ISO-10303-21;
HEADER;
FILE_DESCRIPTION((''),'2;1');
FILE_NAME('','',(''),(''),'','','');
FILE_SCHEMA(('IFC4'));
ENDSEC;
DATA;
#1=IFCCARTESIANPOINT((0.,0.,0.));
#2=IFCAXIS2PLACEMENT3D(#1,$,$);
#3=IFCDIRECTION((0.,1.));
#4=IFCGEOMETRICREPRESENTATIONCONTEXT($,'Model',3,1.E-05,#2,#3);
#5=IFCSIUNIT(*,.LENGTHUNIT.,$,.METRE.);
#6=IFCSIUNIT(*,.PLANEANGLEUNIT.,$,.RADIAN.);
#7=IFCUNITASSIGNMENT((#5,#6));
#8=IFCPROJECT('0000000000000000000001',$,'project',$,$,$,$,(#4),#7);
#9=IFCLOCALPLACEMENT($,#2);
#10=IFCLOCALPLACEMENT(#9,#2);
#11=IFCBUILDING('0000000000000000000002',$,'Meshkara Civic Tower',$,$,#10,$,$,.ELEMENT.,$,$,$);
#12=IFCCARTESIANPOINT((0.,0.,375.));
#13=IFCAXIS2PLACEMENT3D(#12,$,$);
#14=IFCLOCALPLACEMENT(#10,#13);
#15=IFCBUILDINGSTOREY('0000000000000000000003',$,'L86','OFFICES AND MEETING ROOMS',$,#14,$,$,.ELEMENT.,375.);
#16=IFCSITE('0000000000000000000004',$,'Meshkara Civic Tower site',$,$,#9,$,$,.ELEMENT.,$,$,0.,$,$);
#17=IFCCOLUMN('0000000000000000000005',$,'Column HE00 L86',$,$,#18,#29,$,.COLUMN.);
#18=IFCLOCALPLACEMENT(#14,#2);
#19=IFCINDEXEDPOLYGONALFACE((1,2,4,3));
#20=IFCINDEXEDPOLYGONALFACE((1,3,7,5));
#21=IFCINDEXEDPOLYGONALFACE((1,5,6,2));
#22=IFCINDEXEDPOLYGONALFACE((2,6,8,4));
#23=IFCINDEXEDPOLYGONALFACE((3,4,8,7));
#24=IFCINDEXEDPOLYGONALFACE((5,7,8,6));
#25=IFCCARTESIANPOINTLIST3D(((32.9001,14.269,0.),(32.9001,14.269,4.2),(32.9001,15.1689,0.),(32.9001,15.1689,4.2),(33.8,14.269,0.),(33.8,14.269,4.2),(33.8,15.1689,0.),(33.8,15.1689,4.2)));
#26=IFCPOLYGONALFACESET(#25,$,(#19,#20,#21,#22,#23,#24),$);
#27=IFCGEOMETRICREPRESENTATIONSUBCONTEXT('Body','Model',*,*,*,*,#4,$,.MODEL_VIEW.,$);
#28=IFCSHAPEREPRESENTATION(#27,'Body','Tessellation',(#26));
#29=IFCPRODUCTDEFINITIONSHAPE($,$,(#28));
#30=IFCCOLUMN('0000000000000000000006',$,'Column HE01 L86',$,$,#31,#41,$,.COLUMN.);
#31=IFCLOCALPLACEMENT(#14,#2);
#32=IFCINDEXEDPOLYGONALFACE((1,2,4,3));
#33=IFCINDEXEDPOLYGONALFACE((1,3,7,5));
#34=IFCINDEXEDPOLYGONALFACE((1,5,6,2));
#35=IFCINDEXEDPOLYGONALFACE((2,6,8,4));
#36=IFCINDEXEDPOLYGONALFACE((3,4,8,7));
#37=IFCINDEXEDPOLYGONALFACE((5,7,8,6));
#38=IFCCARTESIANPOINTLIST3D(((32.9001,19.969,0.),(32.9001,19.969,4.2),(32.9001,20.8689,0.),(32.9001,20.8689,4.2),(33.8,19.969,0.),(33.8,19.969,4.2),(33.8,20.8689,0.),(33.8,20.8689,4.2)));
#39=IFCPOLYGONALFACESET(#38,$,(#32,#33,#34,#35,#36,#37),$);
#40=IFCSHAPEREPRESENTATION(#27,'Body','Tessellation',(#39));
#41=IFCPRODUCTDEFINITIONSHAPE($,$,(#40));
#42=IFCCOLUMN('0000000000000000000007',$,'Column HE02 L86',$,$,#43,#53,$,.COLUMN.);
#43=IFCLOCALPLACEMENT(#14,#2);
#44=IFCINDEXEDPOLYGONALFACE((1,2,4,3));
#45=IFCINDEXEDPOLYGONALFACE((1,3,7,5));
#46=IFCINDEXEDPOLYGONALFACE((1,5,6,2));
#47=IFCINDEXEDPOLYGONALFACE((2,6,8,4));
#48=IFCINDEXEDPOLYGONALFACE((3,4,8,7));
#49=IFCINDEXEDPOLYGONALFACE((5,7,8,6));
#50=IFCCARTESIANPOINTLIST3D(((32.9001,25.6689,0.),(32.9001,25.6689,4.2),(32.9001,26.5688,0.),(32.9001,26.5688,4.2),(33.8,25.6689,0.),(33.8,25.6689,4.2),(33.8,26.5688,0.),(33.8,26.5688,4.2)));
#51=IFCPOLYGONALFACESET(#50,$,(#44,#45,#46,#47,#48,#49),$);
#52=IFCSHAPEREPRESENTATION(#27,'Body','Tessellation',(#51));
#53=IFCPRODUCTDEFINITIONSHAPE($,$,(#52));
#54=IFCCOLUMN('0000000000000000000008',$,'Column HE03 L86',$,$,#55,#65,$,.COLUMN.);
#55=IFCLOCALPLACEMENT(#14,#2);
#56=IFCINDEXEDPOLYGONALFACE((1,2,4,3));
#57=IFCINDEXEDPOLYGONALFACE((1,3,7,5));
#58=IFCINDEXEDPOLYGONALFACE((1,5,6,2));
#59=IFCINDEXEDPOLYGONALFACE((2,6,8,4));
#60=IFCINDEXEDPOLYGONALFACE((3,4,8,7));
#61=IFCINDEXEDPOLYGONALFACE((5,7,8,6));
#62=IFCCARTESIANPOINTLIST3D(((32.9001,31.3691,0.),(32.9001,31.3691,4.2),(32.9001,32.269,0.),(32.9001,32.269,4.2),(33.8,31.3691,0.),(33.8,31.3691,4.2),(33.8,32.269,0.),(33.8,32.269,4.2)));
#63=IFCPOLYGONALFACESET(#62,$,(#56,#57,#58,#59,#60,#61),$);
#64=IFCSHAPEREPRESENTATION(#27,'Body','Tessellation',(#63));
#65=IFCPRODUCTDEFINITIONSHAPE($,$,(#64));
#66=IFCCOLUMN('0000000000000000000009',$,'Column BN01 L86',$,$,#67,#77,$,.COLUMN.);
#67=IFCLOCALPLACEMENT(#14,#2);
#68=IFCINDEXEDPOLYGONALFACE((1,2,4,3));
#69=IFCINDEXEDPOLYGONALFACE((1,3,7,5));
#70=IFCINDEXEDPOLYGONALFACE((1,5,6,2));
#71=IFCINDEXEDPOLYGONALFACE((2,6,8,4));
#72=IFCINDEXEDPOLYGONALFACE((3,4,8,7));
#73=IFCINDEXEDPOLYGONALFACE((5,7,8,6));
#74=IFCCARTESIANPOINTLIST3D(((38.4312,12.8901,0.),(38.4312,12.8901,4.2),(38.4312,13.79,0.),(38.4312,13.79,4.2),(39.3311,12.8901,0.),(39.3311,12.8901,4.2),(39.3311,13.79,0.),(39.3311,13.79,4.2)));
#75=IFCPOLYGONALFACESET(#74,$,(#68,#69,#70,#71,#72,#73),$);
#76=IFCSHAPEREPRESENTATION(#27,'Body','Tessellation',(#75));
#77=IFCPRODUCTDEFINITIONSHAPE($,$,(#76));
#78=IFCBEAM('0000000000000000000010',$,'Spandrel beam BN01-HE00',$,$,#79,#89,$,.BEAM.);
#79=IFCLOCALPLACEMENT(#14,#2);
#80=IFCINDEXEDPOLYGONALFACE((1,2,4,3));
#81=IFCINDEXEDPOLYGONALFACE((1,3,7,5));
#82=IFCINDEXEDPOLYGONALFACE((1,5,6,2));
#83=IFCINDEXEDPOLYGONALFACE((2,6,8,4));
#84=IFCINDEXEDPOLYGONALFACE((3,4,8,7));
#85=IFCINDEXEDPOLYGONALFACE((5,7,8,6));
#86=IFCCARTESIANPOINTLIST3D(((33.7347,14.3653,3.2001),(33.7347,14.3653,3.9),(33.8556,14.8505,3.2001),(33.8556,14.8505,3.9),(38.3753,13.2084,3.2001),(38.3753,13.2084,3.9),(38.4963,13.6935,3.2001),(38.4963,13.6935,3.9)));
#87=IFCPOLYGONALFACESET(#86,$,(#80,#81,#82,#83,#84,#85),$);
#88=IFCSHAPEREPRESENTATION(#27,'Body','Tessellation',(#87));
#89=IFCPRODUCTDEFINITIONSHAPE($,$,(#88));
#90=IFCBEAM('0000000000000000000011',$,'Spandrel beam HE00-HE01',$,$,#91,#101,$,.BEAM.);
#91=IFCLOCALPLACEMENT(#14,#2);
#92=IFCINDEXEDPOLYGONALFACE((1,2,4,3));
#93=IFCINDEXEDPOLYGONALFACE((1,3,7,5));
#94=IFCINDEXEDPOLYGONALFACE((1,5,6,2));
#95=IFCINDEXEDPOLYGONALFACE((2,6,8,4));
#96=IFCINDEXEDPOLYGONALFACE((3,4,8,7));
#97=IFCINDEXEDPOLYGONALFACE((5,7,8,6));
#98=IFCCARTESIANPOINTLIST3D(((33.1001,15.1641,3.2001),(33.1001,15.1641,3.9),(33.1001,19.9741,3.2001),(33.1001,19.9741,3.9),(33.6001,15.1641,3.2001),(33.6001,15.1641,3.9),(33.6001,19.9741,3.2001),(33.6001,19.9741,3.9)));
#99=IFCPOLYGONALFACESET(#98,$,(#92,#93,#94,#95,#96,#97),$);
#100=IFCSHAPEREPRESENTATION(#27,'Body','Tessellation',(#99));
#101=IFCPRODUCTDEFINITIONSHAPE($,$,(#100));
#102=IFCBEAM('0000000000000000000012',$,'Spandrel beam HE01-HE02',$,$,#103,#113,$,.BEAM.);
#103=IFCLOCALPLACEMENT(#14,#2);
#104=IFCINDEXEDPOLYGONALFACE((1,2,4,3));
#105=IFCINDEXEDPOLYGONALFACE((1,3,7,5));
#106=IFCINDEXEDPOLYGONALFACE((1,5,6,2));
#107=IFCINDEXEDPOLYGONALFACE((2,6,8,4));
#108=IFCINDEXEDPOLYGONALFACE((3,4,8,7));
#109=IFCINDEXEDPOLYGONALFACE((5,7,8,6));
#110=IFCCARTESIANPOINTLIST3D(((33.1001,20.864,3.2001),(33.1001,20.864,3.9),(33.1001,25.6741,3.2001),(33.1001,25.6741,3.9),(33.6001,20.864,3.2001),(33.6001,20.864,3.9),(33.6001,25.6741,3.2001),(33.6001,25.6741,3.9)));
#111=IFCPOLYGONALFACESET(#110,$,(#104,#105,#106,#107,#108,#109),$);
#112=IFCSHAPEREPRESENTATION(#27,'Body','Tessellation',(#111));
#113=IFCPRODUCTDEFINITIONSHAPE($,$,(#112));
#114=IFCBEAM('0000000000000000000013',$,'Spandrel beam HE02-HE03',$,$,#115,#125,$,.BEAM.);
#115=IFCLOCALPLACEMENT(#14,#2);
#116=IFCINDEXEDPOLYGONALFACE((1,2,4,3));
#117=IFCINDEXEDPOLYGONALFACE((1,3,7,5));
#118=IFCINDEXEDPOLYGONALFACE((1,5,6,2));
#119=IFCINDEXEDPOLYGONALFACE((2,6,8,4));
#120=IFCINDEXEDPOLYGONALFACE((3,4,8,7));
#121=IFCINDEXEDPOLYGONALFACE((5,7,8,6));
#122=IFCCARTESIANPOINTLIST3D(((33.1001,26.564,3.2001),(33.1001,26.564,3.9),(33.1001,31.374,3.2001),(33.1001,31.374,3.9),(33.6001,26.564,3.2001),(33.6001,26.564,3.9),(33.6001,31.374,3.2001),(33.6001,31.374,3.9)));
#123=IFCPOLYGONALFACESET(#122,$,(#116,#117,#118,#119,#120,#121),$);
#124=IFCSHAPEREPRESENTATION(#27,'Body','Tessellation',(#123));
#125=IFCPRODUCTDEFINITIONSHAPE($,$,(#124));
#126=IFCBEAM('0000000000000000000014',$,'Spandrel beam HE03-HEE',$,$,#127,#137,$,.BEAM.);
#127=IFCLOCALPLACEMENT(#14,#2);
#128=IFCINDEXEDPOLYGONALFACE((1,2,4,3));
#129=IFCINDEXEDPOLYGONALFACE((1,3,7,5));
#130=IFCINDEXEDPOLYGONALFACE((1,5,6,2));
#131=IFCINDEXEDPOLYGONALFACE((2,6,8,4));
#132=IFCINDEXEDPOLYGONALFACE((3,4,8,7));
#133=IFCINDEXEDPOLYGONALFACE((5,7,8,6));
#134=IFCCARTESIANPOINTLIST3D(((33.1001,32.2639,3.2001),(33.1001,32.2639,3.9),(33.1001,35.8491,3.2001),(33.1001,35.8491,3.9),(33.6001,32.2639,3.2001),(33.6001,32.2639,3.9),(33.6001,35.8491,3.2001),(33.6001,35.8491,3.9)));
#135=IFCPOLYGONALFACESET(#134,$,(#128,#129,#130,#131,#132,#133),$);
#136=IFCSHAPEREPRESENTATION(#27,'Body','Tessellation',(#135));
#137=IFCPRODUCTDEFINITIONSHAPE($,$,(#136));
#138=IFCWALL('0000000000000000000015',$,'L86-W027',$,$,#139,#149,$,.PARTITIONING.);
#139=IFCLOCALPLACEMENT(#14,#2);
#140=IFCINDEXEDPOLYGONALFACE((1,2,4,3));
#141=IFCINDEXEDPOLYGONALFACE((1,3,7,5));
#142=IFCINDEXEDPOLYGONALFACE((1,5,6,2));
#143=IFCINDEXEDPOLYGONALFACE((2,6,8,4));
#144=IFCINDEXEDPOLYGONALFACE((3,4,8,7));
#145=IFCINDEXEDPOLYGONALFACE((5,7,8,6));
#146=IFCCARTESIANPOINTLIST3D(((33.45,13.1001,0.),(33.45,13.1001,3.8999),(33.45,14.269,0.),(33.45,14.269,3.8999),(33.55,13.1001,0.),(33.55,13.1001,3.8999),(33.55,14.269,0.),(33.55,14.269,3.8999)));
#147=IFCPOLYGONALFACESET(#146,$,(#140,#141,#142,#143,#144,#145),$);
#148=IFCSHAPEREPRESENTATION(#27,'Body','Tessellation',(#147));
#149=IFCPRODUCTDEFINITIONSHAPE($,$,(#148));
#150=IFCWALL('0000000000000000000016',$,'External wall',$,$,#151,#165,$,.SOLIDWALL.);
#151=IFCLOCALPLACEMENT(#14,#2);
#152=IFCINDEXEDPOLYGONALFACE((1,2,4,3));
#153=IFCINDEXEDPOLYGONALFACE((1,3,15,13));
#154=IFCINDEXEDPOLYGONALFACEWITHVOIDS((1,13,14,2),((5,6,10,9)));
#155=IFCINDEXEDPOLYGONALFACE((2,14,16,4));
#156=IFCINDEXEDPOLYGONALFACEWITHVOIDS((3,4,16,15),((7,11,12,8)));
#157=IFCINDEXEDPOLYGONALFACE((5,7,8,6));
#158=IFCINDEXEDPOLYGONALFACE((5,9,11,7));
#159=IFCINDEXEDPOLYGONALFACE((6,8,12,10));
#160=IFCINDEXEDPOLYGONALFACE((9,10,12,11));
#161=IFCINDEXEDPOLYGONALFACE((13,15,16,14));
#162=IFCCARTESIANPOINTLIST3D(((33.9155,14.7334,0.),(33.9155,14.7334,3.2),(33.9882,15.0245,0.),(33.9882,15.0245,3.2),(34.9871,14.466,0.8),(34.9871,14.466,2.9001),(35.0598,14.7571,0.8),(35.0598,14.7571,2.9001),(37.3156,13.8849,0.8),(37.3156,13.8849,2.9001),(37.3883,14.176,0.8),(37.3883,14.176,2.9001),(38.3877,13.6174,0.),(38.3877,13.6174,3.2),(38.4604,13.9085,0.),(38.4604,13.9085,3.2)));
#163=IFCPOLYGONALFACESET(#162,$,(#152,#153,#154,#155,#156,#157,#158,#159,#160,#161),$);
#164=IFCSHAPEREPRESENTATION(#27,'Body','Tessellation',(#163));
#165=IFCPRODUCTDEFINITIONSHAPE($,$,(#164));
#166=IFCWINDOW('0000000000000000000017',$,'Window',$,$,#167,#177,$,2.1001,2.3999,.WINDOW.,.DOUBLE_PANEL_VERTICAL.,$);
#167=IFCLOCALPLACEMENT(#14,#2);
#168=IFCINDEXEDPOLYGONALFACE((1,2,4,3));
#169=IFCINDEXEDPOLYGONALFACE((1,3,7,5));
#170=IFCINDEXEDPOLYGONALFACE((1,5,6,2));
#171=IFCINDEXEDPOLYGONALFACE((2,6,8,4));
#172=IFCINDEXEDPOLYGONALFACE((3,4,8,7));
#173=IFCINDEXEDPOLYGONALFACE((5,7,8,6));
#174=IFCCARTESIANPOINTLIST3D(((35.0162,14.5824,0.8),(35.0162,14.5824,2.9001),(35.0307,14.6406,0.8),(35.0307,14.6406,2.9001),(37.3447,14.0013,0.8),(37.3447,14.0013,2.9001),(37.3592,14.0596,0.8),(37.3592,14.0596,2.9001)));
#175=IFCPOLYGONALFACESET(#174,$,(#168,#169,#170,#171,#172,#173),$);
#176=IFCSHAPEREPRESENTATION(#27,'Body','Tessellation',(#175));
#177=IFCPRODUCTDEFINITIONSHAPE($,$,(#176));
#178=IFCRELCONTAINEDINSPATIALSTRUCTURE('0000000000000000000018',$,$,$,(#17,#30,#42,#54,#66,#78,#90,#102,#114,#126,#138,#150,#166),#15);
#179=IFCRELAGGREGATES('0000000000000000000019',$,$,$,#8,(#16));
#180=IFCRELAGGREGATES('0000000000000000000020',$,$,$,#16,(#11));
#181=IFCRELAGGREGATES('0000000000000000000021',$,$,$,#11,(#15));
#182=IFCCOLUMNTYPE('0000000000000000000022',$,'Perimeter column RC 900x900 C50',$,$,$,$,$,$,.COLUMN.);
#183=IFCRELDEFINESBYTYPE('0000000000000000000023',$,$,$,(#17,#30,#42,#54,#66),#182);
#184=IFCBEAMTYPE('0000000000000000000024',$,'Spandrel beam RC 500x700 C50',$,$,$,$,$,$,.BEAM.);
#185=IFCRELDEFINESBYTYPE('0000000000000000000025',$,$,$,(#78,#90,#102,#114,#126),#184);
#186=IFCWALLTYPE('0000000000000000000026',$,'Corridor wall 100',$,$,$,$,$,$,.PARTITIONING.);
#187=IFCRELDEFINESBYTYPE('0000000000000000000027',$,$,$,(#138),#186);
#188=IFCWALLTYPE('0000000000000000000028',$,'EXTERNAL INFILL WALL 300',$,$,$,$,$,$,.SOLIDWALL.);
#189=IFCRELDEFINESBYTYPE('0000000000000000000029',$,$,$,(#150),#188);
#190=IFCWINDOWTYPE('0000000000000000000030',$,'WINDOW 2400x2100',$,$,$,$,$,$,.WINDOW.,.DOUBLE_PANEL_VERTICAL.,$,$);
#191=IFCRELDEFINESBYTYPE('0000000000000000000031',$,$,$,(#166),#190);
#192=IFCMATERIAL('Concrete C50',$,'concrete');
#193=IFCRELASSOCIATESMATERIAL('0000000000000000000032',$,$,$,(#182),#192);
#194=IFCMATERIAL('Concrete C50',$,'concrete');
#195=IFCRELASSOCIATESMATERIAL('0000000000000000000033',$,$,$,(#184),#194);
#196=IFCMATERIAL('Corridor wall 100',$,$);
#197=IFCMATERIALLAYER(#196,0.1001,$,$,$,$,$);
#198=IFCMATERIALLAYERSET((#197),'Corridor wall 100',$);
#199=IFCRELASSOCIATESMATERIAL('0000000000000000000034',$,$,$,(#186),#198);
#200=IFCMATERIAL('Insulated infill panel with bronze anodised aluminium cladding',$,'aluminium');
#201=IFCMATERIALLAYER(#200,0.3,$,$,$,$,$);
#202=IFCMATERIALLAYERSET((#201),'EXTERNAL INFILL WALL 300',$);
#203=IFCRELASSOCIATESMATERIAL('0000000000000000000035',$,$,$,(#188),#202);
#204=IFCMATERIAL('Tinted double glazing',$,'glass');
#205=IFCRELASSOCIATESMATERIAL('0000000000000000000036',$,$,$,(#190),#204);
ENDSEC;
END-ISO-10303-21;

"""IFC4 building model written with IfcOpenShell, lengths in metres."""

from ifc_helpers import new_model, si_unit, direction, frame, frame_2d, origin, origin_2d, place, context, subcontext, project, spatial, rectangle, extrude, material, layer, layer_set, material_profile, profile_set, type_object, element, fill, save


model = new_model("IFC4")

# Units and contexts
model_context = context("Model", 3, precision=1e-05, world=origin(), true_north=direction((0.0, 1.0)))
body_context = subcontext(model_context, "Body", "Model", "MODEL_VIEW")
ifc_project = project(units=[si_unit("LENGTHUNIT", "METRE"), si_unit("PLANEANGLEUNIT", "RADIAN")], contexts=[model_context])

# Site, building, storey
site_placement = place(None, origin())
site = spatial("IfcSite", under=ifc_project, at=site_placement, Name="Meshkara Civic Tower site", CompositionType="ELEMENT", RefElevation=0.0)
building_placement = place(site_placement, origin())
building = spatial("IfcBuilding", under=site, at=building_placement, Name="Meshkara Civic Tower", CompositionType="ELEMENT")
storey_placement = place(building_placement, frame((0.0, 0.0, 375.0)))
storey = spatial("IfcBuildingStorey", under=building, at=storey_placement, Name="L86", Description="OFFICES AND MEETING ROOMS", CompositionType="ELEMENT", Elevation=375.0)

# Columns
ifc_material_1 = material(Name="Concrete C50", Category="concrete")
ifc_material_profile_1 = material_profile(ifc_material_1, rectangle(XDim=0.8999, YDim=0.8999, at=origin_2d()))
ifc_profile_set_1 = profile_set([ifc_material_profile_1], Name="Concrete C50")
column_type = type_object("IfcColumnType", Name="Perimeter column RC 900x900 C50", PredefinedType="COLUMN", material=ifc_profile_set_1)
for number, where, z_axis, x_axis, name in (
    (1, (33.3501, 14.719, 0.0), (0.0, 0.0, 1.0), (1.0, 0.0, 0.0), "Column HE00 L86"),
    (2, (33.3501, 20.4189, 0.0), (0.0, 0.0, 1.0), (1.0, 0.0, 0.0), "Column HE01 L86"),
    (3, (33.3501, 26.1189, 0.0), (0.0, 0.0, 1.0), (1.0, 0.0, 0.0), "Column HE02 L86"),
    (4, (33.3501, 31.8191, 0.0), (0.0, 0.0, 1.0), (1.0, 0.0, 0.0), "Column HE03 L86"),
    (5, (38.8811, 13.3401, 0.0), (0.0, 0.0, 1.0), (1.0, 0.0, 0.0), "Column BN01 L86"),
):
    element("IfcColumn", number, at=place(storey_placement, frame(where, z_axis=z_axis, x_axis=x_axis)), inside=storey, type_object=column_type, Name=name, PredefinedType="COLUMN", context=body_context, shape_type="SweptSolid", body=[
        extrude(rectangle(XDim=0.8999, YDim=0.8999, at=origin_2d()), origin(), (0.0, 0.0, 1.0), 4.2),
    ])

# Beams
ifc_material_2 = material(Name="Concrete C50", Category="concrete")
ifc_material_profile_2 = material_profile(ifc_material_2, rectangle(XDim=0.5, YDim=0.7, at=origin_2d()))
ifc_profile_set_2 = profile_set([ifc_material_profile_2], Name="Concrete C50")
beam_type = type_object("IfcBeamType", Name="Spandrel beam RC 500x700 C50", PredefinedType="BEAM", material=ifc_profile_set_2)
beam_1_placement = place(storey_placement, frame((38.4358, 13.4509, 3.55), z_axis=(-0.970298, 0.241911, 0.0), x_axis=(-0.241911, -0.970298, 0.0)))
element("IfcBeam", 6, at=beam_1_placement, inside=storey, type_object=beam_type, Name="Spandrel beam BN01-HE00", PredefinedType="BEAM", context=body_context, shape_type="SweptSolid", body=[
    extrude(rectangle(XDim=0.5, YDim=0.7, at=origin_2d()), origin(), (0.0, 0.0, 1.0), 4.7827),
])
for number, where, z_axis, x_axis, name in (
    (7, (33.3501, 15.1641, 3.55), (0.0, 1.0, 0.0), (-1.0, 0.0, 0.0), "Spandrel beam HE00-HE01"),
    (8, (33.3501, 20.864, 3.55), (0.0, 1.0, 0.0), (-1.0, 0.0, 0.0), "Spandrel beam HE01-HE02"),
    (9, (33.3501, 26.564, 3.55), (0.0, 1.0, 0.0), (-1.0, 0.0, 0.0), "Spandrel beam HE02-HE03"),
):
    element("IfcBeam", number, at=place(storey_placement, frame(where, z_axis=z_axis, x_axis=x_axis)), inside=storey, type_object=beam_type, Name=name, PredefinedType="BEAM", context=body_context, shape_type="SweptSolid", body=[
        extrude(rectangle(XDim=0.5, YDim=0.7, at=origin_2d()), origin(), (0.0, 0.0, 1.0), 4.8101),
    ])
beam_2_placement = place(storey_placement, frame((33.3501, 32.2639, 3.55), z_axis=(0.0, 1.0, 0.0), x_axis=(-1.0, 0.0, 0.0)))
element("IfcBeam", 10, at=beam_2_placement, inside=storey, type_object=beam_type, Name="Spandrel beam HE03-HEE", PredefinedType="BEAM", context=body_context, shape_type="SweptSolid", body=[
    extrude(rectangle(XDim=0.5, YDim=0.7, at=origin_2d()), origin(), (0.0, 0.0, 1.0), 3.5852),
])

# Wall
ifc_material_3 = material(Name="Corridor wall 100")
ifc_layer_1 = layer(ifc_material_3, 0.1001)
ifc_layer_set_1 = layer_set([ifc_layer_1], Name="Corridor wall 100")
wall_type_1 = type_object("IfcWallType", Name="Corridor wall 100", PredefinedType="PARTITIONING", material=ifc_layer_set_1)
wall_1_placement = place(storey_placement, frame((33.5, 13.1001, 0.0), z_axis=(0.0, 0.0, 1.0), x_axis=(0.0, 1.0, 0.0)))
element("IfcWall", 11, at=wall_1_placement, inside=storey, type_object=wall_type_1, Name="L86-W027", PredefinedType="PARTITIONING", context=body_context, shape_type="SweptSolid", body=[
    extrude(rectangle(XDim=1.1689, YDim=0.1001, at=frame_2d((0.5845, 0.0))), origin(), (0.0, 0.0, 1.0), 3.8999),
])

# Wall, opening, window
ifc_material_4 = material(Name="Insulated infill panel with bronze anodised aluminium cladding", Category="aluminium")
ifc_layer_2 = layer(ifc_material_4, 0.3)
ifc_layer_set_2 = layer_set([ifc_layer_2], Name="EXTERNAL INFILL WALL 300")
wall_type_2 = type_object("IfcWallType", Name="EXTERNAL INFILL WALL 300", PredefinedType="SOLIDWALL", material=ifc_layer_set_2)
wall_2_placement = place(storey_placement, frame((38.4241, 13.7629, 0.0), z_axis=(0.0, 0.0, 1.0), x_axis=(-0.970248, 0.242112, 0.0)))
wall_2 = element("IfcWall", 12, at=wall_2_placement, inside=storey, type_object=wall_type_2, Name="External wall", PredefinedType="SOLIDWALL", context=body_context, shape_type="SweptSolid", body=[
    extrude(rectangle(XDim=4.6094, YDim=0.3, at=frame_2d((2.3047, 0.0))), origin(), (0.0, 0.0, 1.0), 3.2),
])
opening_1_placement = place(wall_2_placement, frame((1.105, 0.0, 0.8)))
opening_1 = element("IfcOpeningElement", 13, at=opening_1_placement, cuts=wall_2, PredefinedType="OPENING", context=body_context, shape_type="SweptSolid", body=[
    extrude(rectangle(XDim=2.3999, YDim=2.1001, at=frame_2d((1.2, 1.05))), frame((0.0, 0.1599, 0.0), z_axis=(0.0, -1.0, 0.0), x_axis=(1.0, 0.0, 0.0)), (0.0, 0.0, 1.0), 0.3201),
])
ifc_material_5 = material(Name="Tinted double glazing", Category="glass")
window_type = type_object("IfcWindowType", Name="WINDOW 2400x2100", PartitioningType="DOUBLE_PANEL_VERTICAL", PredefinedType="WINDOW", material=ifc_material_5)
window_1_placement = place(opening_1_placement, origin())
window_1 = element("IfcWindow", 14, at=window_1_placement, inside=storey, type_object=window_type, Name="Window", OverallHeight=2.1001, OverallWidth=2.3999, PartitioningType="DOUBLE_PANEL_VERTICAL", PredefinedType="WINDOW", context=body_context, shape_type="SweptSolid", body=[
    extrude(rectangle(XDim=2.3999, YDim=2.1001, at=frame_2d((1.2, 1.05))), frame((0.0, 0.03, 0.0), z_axis=(0.0, -1.0, 0.0), x_axis=(1.0, 0.0, 0.0)), (0.0, 0.0, 1.0), 0.0601),
])
fill(opening_1, window_1)

save(model, "model.ifc")
